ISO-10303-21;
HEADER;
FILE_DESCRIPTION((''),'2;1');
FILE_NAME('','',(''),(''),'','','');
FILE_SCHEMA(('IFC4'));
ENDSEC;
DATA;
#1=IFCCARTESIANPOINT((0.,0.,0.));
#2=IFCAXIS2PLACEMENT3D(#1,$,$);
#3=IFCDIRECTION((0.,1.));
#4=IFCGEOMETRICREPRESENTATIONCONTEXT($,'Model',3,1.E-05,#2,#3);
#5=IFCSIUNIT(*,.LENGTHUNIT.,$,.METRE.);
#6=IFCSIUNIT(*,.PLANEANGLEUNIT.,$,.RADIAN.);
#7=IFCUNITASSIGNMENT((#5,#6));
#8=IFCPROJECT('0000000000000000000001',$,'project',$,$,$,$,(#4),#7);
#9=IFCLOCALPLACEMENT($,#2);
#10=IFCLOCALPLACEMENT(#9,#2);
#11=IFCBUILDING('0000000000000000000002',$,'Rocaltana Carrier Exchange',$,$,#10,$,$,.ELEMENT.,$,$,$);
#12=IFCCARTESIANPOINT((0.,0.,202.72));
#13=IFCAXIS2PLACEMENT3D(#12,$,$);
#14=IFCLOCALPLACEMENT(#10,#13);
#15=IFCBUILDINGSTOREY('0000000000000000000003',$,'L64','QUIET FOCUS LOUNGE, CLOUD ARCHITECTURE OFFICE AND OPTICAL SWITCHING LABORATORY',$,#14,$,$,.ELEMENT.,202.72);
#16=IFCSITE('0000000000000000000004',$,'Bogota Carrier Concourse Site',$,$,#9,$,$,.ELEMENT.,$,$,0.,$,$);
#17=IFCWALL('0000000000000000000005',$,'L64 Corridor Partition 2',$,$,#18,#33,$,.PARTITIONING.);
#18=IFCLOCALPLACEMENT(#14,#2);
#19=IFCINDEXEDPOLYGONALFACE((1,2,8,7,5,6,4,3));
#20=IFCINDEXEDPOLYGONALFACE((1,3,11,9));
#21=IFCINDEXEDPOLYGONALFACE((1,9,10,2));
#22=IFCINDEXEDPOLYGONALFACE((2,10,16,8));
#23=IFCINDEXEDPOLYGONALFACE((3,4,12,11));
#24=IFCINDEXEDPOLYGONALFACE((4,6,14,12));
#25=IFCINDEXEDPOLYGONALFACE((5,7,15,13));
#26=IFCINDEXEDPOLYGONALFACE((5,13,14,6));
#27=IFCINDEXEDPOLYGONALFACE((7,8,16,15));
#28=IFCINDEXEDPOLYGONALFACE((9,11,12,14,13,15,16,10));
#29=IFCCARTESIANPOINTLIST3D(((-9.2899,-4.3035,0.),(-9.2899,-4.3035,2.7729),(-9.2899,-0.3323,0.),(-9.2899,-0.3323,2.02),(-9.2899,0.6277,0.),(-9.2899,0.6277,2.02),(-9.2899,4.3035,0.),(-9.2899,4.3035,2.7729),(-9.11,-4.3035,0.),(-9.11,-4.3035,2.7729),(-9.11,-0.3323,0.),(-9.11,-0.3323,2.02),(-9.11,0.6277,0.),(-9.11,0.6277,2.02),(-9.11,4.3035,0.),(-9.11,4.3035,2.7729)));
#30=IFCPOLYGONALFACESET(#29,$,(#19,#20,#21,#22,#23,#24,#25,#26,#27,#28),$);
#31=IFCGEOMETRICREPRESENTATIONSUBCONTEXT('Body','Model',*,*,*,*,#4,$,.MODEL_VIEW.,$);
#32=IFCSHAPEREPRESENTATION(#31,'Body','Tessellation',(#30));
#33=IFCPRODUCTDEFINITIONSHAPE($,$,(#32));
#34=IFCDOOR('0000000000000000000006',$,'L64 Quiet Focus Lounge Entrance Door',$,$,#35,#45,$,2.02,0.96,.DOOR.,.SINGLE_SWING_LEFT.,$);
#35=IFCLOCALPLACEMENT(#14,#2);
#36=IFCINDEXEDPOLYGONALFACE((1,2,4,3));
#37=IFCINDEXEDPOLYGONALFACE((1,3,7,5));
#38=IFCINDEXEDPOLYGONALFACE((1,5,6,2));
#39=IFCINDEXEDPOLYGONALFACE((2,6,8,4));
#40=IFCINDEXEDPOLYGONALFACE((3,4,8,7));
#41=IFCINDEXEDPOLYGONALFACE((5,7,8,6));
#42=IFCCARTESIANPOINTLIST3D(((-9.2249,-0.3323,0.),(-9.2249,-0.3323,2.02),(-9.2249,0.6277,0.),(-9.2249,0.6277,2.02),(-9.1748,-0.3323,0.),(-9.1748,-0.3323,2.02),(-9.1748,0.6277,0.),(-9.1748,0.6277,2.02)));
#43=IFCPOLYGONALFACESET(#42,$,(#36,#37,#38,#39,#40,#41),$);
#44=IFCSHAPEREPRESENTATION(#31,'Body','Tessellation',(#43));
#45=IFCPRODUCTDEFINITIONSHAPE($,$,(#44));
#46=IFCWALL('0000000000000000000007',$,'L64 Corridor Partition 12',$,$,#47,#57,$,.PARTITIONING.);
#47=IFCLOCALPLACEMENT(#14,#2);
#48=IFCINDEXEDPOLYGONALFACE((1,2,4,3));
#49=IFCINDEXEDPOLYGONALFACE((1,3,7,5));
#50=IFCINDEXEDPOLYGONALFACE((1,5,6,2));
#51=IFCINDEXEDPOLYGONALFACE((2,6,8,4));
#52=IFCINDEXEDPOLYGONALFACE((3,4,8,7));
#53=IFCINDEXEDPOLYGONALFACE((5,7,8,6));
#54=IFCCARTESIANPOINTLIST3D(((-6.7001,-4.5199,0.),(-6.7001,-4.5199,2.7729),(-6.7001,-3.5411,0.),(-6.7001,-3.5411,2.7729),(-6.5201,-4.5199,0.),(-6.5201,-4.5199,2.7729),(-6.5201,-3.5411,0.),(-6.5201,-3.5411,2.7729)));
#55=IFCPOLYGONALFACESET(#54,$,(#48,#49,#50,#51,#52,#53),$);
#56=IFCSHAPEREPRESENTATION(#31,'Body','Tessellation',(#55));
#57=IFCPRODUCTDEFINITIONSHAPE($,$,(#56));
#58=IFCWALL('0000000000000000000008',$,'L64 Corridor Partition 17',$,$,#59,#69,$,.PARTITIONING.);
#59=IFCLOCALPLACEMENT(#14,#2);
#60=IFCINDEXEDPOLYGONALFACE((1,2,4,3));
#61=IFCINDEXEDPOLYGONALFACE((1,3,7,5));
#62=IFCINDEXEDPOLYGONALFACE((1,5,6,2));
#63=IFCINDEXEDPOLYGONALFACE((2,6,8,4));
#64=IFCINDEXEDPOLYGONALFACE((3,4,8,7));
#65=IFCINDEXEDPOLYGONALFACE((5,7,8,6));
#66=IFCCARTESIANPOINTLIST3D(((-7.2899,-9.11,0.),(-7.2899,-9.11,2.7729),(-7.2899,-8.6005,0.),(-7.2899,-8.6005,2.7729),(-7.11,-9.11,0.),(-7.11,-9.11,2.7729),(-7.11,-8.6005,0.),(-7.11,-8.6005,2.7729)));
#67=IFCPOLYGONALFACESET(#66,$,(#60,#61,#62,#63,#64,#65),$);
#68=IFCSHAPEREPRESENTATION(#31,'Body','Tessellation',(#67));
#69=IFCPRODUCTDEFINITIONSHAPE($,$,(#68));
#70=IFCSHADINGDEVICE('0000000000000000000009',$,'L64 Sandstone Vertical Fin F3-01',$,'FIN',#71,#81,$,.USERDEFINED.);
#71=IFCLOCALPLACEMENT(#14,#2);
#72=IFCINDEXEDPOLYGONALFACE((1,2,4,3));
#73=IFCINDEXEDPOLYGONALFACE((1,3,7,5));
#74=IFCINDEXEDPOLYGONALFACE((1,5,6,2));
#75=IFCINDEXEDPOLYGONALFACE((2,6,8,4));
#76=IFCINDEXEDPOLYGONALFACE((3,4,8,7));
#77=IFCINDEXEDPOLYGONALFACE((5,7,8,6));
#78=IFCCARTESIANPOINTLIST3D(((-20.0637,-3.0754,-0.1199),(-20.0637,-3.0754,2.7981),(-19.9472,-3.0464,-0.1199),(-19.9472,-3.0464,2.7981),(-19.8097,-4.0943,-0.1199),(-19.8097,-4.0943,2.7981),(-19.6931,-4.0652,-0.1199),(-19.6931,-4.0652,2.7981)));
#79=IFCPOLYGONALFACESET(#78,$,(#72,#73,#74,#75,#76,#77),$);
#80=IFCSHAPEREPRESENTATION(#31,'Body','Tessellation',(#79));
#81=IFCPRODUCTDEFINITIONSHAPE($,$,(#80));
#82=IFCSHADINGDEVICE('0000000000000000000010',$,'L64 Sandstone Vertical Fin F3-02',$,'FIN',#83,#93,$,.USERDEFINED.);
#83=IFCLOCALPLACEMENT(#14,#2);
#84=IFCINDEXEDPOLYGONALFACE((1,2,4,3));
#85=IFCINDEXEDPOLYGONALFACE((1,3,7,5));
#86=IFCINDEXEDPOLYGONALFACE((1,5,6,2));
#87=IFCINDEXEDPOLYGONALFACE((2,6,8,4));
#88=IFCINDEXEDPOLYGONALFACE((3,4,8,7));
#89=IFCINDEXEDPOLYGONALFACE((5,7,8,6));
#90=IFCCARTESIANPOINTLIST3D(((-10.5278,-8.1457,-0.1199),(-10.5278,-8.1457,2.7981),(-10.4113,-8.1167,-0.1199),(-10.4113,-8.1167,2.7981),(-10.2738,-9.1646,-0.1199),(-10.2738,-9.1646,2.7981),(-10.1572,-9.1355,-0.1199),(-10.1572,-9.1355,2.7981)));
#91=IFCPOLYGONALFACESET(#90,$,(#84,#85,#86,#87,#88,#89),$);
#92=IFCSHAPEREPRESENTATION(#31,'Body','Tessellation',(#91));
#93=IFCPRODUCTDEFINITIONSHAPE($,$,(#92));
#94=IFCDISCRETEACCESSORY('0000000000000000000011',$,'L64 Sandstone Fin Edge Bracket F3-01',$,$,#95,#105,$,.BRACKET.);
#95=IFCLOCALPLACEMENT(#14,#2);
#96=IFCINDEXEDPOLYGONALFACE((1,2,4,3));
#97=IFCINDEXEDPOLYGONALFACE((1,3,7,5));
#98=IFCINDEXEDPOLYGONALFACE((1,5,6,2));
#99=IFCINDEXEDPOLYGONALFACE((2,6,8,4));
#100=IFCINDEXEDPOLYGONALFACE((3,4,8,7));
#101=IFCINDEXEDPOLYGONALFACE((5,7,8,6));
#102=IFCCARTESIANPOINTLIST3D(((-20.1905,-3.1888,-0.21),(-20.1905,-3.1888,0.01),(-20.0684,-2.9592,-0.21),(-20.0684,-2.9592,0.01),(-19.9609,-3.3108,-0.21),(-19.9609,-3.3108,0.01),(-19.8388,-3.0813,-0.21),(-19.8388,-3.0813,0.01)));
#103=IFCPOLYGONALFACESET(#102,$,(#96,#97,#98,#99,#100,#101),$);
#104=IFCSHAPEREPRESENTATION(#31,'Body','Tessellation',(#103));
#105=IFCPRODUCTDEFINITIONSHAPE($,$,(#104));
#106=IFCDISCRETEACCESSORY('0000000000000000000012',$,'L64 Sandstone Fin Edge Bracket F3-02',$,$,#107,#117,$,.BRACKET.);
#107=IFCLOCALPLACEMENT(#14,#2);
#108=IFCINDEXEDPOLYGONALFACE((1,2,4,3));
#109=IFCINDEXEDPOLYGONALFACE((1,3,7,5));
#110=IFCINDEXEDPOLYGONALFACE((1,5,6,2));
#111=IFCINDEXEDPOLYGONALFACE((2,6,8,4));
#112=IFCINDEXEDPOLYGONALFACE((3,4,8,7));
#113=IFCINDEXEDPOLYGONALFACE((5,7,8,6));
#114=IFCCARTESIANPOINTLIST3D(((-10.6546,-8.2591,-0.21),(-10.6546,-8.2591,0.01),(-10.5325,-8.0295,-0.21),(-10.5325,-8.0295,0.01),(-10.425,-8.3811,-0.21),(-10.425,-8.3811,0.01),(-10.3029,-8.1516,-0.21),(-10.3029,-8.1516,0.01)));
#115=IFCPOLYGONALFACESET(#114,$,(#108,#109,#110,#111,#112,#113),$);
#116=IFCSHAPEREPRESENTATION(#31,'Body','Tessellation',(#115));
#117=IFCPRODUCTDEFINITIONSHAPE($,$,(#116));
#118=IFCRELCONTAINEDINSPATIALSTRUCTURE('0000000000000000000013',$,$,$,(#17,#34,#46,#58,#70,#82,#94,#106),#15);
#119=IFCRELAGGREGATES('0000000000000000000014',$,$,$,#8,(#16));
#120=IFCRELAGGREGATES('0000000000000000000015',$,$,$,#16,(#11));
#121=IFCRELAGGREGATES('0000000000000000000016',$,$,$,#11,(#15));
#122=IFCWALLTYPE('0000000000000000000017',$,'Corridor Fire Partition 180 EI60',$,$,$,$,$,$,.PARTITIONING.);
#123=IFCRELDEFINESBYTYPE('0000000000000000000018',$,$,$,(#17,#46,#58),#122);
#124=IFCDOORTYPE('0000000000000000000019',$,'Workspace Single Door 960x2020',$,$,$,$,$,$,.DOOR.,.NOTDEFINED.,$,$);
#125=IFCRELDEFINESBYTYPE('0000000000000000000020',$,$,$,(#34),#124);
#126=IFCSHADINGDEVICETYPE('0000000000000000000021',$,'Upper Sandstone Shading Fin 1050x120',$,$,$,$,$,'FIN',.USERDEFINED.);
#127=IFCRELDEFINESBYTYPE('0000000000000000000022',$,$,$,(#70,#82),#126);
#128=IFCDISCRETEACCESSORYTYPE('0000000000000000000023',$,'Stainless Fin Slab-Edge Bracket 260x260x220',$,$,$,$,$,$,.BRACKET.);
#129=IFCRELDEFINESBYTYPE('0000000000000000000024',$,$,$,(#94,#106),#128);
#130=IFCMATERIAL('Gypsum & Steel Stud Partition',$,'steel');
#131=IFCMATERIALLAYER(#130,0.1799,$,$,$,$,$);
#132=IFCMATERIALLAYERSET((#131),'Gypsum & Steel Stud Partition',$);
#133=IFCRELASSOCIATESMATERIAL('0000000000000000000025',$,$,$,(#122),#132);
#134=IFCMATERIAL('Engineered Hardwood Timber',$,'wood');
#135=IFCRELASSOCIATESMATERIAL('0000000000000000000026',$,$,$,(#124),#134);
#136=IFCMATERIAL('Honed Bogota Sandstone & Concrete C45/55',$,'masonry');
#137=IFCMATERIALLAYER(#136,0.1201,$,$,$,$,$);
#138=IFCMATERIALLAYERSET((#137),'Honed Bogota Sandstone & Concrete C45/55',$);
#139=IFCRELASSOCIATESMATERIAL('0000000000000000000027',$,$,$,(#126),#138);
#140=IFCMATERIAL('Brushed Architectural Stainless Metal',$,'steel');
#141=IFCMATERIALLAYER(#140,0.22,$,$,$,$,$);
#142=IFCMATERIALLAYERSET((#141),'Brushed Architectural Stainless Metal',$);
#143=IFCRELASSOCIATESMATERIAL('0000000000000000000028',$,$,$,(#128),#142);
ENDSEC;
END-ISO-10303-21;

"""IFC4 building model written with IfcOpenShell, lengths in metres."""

from ifc_helpers import new_model, si_unit, direction, frame, frame_2d, origin, origin_2d, place, context, subcontext, project, spatial, rectangle, extrude, material, layer, layer_set, type_object, element, fill, save


model = new_model("IFC4")

# Units and contexts
model_context = context("Model", 3, precision=1e-05, world=origin(), true_north=direction((0.0, 1.0)))
body_context = subcontext(model_context, "Body", "Model", "MODEL_VIEW")
ifc_project = project(units=[si_unit("LENGTHUNIT", "METRE"), si_unit("PLANEANGLEUNIT", "RADIAN")], contexts=[model_context])

# Site, building, storey
site_placement = place(None, origin())
site = spatial("IfcSite", under=ifc_project, at=site_placement, Name="Bogota Carrier Concourse Site", CompositionType="ELEMENT", RefElevation=0.0)
building_placement = place(site_placement, origin())
building = spatial("IfcBuilding", under=site, at=building_placement, Name="Rocaltana Carrier Exchange", CompositionType="ELEMENT")
storey_placement = place(building_placement, frame((0.0, 0.0, 202.72)))
storey = spatial("IfcBuildingStorey", under=building, at=storey_placement, Name="L64", Description="QUIET FOCUS LOUNGE, CLOUD ARCHITECTURE OFFICE AND OPTICAL SWITCHING LABORATORY", CompositionType="ELEMENT", Elevation=202.72)

# Shared definitions
ifc_material_1 = material(Name="Gypsum & Steel Stud Partition", Category="steel")
ifc_layer_1 = layer(ifc_material_1, 0.1799)
ifc_layer_set_1 = layer_set([ifc_layer_1], Name="Gypsum & Steel Stud Partition")
wall_type_1 = type_object("IfcWallType", Name="Corridor Fire Partition 180 EI60", PredefinedType="PARTITIONING", material=ifc_layer_set_1)

# Wall, opening, door
wall_1_placement = place(storey_placement, frame((-9.2, -4.3035, 0.0), z_axis=(0.0, 0.0, 1.0), x_axis=(0.0, 1.0, 0.0)))
wall_1 = element("IfcWall", 1, at=wall_1_placement, inside=storey, type_object=wall_type_1, Name="L64 Corridor Partition 2", PredefinedType="PARTITIONING", context=body_context, shape_type="SweptSolid", body=[
    extrude(rectangle(XDim=8.6069, YDim=0.1799, at=frame_2d((4.3035, 0.0))), origin(), (0.0, 0.0, 1.0), 2.7729),
])
opening_placement = place(wall_1_placement, frame((3.9712, 0.0, 0.0)))
opening = element("IfcOpeningElement", 2, at=opening_placement, cuts=wall_1, PredefinedType="OPENING", context=body_context, shape_type="SweptSolid", body=[
    extrude(rectangle(XDim=0.96, YDim=2.02, at=frame_2d((0.48, 1.01))), frame((0.0, 0.0999, 0.0), z_axis=(0.0, -1.0, 0.0), x_axis=(1.0, 0.0, 0.0)), (0.0, 0.0, 1.0), 0.2),
])
ifc_material_2 = material(Name="Engineered Hardwood Timber", Category="wood")
door_type = type_object("IfcDoorType", Name="Workspace Single Door 960x2020", OperationType="NOTDEFINED", PredefinedType="DOOR", material=ifc_material_2)
door_placement = place(opening_placement, origin())
door = element("IfcDoor", 3, at=door_placement, inside=storey, type_object=door_type, Name="L64 Quiet Focus Lounge Entrance Door", OperationType="SINGLE_SWING_LEFT", OverallHeight=2.02, OverallWidth=0.96, PredefinedType="DOOR", context=body_context, shape_type="SweptSolid", body=[
    extrude(rectangle(XDim=0.96, YDim=2.02, at=frame_2d((0.48, 1.01))), frame((0.0, 0.0249, 0.0), z_axis=(0.0, -1.0, 0.0), x_axis=(1.0, 0.0, 0.0)), (0.0, 0.0, 1.0), 0.05),
])
fill(opening, door)

# Walls
wall_2_placement = place(storey_placement, frame((-6.6101, -3.5413, 0.0), z_axis=(0.0, 0.0, 1.0), x_axis=(0.0, -1.0, 0.0)))
element("IfcWall", 4, at=wall_2_placement, inside=storey, type_object=wall_type_1, Name="L64 Corridor Partition 12", PredefinedType="PARTITIONING", context=body_context, shape_type="SweptSolid", body=[
    extrude(rectangle(XDim=0.9788, YDim=0.1799, at=frame_2d((0.4893, 0.0))), origin(), (0.0, 0.0, 1.0), 2.7729),
])
wall_3_placement = place(storey_placement, frame((-7.2, -9.1101, 0.0), z_axis=(0.0, 0.0, 1.0), x_axis=(0.0, 1.0, 0.0)))
element("IfcWall", 5, at=wall_3_placement, inside=storey, type_object=wall_type_1, Name="L64 Corridor Partition 17", PredefinedType="PARTITIONING", context=body_context, shape_type="SweptSolid", body=[
    extrude(rectangle(XDim=0.5095, YDim=0.1799, at=frame_2d((0.2549, 0.0))), origin(), (0.0, 0.0, 1.0), 2.7729),
])

# Shading devices
ifc_material_3 = material(Name="Honed Bogota Sandstone & Concrete C45/55", Category="masonry")
ifc_layer_2 = layer(ifc_material_3, 0.1201)
ifc_layer_set_2 = layer_set([ifc_layer_2], Name="Honed Bogota Sandstone & Concrete C45/55")
shading_device_type = type_object("IfcShadingDeviceType", Name="Upper Sandstone Shading Fin 1050x120", ElementType="FIN", PredefinedType="USERDEFINED", material=ifc_layer_set_2)
for number, where, z_axis, x_axis, name in (
    (6, (-19.8784, -3.5703, -0.1199), (0.0, 0.0, 1.0), (0.241922, -0.970296, 0.0), "L64 Sandstone Vertical Fin F3-01"),
    (7, (-10.3425, -8.6406, -0.1199), (0.0, 0.0, 1.0), (0.241922, -0.970296, 0.0), "L64 Sandstone Vertical Fin F3-02"),
):
    element("IfcShadingDevice", number, at=place(storey_placement, frame(where, z_axis=z_axis, x_axis=x_axis)), inside=storey, type_object=shading_device_type, Name=name, ObjectType="FIN", PredefinedType="USERDEFINED", context=body_context, shape_type="SweptSolid", body=[
        extrude(rectangle(XDim=1.05, YDim=0.1201, at=origin_2d()), origin(), (0.0, 0.0, 1.0), 2.918),
    ])

# Discrete accessories
ifc_material_4 = material(Name="Brushed Architectural Stainless Metal", Category="steel")
ifc_layer_3 = layer(ifc_material_4, 0.22)
ifc_layer_set_3 = layer_set([ifc_layer_3], Name="Brushed Architectural Stainless Metal")
discrete_accessory_type = type_object("IfcDiscreteAccessoryType", Name="Stainless Fin Slab-Edge Bracket 260x260x220", PredefinedType="BRACKET", material=ifc_layer_set_3)
for number, where, z_axis, x_axis, name in (
    (8, (-20.0146, -3.135, -0.21), (0.0, 0.0, 1.0), (0.882948, -0.469472, 0.0), "L64 Sandstone Fin Edge Bracket F3-01"),
    (9, (-10.4788, -8.2053, -0.21), (0.0, 0.0, 1.0), (0.882948, -0.469472, 0.0), "L64 Sandstone Fin Edge Bracket F3-02"),
):
    element("IfcDiscreteAccessory", number, at=place(storey_placement, frame(where, z_axis=z_axis, x_axis=x_axis)), inside=storey, type_object=discrete_accessory_type, Name=name, PredefinedType="BRACKET", context=body_context, shape_type="SweptSolid", body=[
        extrude(rectangle(XDim=0.26, YDim=0.26, at=origin_2d()), origin(), (0.0, 0.0, 1.0), 0.22),
    ])

save(model, "model.ifc")
